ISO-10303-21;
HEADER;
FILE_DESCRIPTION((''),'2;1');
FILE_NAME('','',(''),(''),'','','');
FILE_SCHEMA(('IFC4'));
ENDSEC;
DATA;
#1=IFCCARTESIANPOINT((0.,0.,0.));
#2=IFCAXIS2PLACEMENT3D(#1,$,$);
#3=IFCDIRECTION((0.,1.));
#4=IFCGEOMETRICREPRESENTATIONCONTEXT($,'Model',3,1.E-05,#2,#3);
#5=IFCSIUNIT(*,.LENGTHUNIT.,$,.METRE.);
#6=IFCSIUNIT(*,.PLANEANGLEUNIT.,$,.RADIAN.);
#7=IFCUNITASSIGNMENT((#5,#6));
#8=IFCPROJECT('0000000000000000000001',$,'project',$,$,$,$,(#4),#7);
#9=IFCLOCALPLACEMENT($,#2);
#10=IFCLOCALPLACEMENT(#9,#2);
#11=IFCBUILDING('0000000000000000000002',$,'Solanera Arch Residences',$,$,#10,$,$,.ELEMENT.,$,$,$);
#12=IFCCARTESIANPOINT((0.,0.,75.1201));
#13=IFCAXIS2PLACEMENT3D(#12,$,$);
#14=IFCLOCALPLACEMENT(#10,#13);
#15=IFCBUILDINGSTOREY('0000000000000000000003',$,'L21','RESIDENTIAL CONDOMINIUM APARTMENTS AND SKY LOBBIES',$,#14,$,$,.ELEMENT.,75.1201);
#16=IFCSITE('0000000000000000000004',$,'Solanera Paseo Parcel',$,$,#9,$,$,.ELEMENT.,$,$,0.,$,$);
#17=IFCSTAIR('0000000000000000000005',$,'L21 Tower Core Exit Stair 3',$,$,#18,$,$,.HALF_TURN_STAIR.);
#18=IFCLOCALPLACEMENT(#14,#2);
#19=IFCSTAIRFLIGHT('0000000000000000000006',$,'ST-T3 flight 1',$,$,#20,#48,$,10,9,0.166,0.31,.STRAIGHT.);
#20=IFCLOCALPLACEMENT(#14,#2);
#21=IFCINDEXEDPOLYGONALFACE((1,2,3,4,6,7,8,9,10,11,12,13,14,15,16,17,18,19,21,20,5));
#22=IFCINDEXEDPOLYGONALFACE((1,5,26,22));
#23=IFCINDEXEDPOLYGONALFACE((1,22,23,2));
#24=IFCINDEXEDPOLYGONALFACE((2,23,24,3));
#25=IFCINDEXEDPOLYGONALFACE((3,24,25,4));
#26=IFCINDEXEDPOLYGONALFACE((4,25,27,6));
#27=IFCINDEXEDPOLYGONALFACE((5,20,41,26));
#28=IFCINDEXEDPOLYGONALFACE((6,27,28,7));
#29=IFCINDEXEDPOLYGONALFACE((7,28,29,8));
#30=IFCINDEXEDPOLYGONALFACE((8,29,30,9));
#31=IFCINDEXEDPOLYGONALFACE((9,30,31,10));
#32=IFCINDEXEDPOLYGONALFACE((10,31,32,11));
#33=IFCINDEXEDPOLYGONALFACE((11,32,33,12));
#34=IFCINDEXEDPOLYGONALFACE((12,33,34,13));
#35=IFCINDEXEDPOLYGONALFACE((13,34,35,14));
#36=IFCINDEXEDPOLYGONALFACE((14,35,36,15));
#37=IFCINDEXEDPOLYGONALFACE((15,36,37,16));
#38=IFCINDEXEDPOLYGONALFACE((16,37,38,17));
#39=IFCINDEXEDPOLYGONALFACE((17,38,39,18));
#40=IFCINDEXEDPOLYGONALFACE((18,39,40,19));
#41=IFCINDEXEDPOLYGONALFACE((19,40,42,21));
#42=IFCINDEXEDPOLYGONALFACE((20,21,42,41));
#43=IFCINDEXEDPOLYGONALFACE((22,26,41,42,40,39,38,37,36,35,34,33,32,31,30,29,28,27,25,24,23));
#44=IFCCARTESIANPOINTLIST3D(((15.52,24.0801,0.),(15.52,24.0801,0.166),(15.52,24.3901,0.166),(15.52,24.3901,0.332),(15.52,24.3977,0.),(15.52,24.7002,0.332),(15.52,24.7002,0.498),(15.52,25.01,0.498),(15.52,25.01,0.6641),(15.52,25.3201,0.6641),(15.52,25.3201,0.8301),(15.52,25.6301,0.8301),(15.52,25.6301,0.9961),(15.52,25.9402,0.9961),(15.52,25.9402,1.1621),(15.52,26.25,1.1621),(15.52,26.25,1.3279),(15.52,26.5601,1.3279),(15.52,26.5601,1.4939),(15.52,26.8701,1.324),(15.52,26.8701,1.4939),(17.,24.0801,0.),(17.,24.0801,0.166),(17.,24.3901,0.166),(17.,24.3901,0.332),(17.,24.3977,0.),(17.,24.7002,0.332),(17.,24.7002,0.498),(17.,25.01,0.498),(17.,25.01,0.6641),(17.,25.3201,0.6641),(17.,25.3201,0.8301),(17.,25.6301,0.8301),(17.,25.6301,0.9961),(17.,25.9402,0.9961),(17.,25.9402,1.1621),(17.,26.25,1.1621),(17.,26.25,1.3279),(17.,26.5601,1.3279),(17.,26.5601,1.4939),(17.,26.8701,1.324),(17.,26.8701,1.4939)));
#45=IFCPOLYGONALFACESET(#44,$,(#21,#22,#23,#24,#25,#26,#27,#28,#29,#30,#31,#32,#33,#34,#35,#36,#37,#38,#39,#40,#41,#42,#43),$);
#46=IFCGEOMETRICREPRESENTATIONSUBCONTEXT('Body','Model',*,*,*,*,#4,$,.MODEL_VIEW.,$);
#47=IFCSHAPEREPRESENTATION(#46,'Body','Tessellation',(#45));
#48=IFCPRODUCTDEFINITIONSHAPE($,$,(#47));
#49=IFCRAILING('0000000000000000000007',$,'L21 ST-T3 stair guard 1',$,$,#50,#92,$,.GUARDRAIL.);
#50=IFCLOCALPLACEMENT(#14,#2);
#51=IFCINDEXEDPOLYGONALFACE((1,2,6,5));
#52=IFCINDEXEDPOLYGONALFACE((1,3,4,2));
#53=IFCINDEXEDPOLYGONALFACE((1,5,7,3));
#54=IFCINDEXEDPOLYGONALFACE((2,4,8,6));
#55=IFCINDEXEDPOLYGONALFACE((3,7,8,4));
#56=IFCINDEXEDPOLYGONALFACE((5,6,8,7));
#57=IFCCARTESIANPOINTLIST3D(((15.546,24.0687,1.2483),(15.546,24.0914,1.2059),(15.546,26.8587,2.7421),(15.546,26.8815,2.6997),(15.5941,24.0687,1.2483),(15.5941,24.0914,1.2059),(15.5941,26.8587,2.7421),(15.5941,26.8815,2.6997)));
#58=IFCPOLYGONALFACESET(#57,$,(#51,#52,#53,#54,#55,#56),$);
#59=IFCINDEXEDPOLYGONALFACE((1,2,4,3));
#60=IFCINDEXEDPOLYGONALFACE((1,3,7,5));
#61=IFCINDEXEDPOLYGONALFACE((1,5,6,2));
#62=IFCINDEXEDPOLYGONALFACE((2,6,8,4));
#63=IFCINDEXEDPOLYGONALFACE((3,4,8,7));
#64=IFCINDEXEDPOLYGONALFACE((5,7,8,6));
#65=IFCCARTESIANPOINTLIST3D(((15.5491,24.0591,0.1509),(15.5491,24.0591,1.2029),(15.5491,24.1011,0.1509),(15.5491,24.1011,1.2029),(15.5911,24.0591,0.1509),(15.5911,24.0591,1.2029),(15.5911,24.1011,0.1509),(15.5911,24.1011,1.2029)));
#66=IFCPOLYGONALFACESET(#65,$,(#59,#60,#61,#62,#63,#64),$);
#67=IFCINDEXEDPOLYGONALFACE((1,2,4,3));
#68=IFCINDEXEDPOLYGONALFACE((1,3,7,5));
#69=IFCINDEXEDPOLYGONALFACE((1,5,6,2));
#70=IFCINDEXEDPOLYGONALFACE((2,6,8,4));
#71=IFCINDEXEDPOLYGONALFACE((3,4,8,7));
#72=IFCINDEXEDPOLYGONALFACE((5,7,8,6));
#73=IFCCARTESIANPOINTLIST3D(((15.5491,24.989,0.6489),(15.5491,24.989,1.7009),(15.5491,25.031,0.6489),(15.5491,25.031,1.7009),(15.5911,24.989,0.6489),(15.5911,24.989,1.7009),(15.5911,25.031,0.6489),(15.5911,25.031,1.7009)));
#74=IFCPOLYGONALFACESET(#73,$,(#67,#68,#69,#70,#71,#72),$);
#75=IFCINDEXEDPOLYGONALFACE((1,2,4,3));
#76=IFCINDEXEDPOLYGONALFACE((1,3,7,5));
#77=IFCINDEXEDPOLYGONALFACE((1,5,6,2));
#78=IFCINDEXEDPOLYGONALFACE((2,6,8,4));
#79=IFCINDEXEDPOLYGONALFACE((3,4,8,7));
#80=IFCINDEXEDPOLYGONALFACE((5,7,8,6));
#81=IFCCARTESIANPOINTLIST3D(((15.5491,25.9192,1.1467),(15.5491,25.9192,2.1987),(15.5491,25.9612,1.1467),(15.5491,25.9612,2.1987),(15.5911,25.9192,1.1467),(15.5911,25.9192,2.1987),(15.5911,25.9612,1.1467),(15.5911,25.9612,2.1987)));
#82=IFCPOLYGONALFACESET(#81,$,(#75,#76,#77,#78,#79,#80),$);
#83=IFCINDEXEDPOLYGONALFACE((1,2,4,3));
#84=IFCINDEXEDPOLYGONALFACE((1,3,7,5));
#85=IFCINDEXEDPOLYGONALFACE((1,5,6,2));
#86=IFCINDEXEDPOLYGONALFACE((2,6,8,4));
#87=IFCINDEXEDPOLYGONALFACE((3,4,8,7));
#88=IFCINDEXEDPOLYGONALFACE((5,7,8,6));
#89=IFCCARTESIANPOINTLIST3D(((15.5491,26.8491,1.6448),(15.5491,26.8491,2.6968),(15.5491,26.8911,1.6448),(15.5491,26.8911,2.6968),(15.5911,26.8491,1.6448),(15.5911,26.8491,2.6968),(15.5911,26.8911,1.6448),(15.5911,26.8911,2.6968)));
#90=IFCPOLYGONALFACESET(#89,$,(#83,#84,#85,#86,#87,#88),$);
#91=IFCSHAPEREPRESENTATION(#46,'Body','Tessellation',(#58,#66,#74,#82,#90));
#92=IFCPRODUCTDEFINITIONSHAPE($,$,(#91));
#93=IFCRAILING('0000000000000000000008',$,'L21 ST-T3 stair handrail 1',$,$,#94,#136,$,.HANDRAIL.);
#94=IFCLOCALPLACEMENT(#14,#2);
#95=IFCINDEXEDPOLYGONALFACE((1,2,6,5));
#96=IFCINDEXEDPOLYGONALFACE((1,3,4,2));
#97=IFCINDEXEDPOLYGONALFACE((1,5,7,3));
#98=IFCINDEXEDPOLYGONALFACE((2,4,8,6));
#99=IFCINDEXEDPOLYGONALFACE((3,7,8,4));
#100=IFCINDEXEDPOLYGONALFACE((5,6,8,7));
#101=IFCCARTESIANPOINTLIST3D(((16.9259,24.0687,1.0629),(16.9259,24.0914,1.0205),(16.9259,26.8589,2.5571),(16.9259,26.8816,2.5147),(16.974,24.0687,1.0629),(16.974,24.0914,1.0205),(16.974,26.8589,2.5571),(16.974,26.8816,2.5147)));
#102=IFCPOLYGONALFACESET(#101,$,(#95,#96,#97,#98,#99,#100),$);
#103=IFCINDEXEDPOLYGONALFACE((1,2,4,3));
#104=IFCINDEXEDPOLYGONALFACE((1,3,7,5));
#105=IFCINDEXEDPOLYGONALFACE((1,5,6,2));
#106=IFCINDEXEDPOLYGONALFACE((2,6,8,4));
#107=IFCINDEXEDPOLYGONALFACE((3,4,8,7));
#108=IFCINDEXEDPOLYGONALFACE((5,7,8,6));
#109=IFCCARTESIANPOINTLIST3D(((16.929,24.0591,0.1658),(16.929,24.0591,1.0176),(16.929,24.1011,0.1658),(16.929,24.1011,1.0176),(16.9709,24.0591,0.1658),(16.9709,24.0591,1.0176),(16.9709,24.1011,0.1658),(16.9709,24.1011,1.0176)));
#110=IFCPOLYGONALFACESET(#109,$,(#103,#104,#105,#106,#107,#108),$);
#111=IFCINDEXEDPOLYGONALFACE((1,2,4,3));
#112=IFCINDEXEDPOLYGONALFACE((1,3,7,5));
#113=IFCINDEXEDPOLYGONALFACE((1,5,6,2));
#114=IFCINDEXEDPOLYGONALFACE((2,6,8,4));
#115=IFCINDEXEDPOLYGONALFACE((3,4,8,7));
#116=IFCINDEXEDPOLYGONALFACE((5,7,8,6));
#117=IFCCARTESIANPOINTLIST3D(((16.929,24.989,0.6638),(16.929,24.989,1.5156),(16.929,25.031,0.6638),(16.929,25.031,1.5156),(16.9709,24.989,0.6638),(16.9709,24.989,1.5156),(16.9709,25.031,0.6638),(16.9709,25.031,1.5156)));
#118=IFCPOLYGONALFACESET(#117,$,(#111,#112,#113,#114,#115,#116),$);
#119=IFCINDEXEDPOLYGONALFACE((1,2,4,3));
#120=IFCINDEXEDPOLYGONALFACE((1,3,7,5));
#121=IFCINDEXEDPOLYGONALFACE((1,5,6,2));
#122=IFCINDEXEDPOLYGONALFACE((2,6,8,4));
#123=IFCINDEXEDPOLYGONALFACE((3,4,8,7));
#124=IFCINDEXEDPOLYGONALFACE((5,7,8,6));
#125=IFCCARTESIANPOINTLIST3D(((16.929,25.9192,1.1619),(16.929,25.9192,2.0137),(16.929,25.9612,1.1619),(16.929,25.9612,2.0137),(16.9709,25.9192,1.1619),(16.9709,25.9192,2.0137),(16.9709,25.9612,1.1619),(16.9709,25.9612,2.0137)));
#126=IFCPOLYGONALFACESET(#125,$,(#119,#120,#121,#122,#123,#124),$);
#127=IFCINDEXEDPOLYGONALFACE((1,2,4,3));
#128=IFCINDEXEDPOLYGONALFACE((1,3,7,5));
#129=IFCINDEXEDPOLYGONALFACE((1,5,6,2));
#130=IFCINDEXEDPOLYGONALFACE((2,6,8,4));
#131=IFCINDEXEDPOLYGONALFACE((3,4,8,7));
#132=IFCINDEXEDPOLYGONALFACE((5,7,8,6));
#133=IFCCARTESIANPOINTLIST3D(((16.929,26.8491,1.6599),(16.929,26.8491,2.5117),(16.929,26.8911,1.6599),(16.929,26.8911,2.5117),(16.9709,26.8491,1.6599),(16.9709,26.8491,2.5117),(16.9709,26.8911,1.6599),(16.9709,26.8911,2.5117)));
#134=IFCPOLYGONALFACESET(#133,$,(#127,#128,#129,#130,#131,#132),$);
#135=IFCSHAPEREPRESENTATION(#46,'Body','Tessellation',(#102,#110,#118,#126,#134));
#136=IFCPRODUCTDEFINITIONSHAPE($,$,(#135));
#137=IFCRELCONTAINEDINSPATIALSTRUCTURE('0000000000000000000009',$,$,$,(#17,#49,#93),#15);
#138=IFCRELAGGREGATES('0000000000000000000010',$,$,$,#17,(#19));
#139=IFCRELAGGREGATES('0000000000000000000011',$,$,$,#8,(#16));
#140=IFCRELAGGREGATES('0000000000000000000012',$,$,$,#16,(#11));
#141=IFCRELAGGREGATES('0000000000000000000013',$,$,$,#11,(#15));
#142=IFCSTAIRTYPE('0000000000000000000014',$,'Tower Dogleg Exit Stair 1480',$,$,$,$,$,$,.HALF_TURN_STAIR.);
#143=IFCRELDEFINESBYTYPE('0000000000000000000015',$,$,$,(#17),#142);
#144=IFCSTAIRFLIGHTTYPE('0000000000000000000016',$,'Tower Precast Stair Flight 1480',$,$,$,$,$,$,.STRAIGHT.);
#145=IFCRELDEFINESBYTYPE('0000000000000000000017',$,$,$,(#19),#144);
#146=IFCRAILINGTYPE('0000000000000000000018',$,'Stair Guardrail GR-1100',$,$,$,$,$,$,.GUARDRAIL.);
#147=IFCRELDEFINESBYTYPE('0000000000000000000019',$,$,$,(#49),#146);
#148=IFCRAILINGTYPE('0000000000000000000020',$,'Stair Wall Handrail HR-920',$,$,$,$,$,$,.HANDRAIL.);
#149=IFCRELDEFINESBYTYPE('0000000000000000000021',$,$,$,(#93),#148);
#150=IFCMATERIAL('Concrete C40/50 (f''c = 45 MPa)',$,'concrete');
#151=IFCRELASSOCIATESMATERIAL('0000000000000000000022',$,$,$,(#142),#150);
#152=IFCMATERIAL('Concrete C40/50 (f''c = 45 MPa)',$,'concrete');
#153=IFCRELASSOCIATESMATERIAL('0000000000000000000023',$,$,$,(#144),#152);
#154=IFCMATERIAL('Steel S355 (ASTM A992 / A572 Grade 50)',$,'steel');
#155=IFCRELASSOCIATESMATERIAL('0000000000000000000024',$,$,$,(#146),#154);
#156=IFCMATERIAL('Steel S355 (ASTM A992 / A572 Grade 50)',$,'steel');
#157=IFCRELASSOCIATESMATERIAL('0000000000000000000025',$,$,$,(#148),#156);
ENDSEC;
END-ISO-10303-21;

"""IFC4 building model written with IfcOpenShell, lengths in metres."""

from ifc_helpers import new_model, si_unit, direction, frame, origin, origin_2d, place, context, subcontext, project, spatial, polyline, rectangle, outline, extrude, material, type_object, element, aggregate, save


model = new_model("IFC4")

# Units and contexts
model_context = context("Model", 3, precision=1e-05, world=origin(), true_north=direction((0.0, 1.0)))
body_context = subcontext(model_context, "Body", "Model", "MODEL_VIEW")
ifc_project = project(units=[si_unit("LENGTHUNIT", "METRE"), si_unit("PLANEANGLEUNIT", "RADIAN")], contexts=[model_context])

# Site, building, storey
site_placement = place(None, origin())
site = spatial("IfcSite", under=ifc_project, at=site_placement, Name="Solanera Paseo Parcel", CompositionType="ELEMENT", RefElevation=0.0)
building_placement = place(site_placement, origin())
building = spatial("IfcBuilding", under=site, at=building_placement, Name="Solanera Arch Residences", CompositionType="ELEMENT")
storey_placement = place(building_placement, frame((0.0, 0.0, 75.1201)))
storey = spatial("IfcBuildingStorey", under=building, at=storey_placement, Name="L21", Description="RESIDENTIAL CONDOMINIUM APARTMENTS AND SKY LOBBIES", CompositionType="ELEMENT", Elevation=75.1201)

# Stair, stair flight
ifc_material_1 = material(Name="Concrete C40/50 (f'c = 45 MPa)", Category="concrete")
stair_type = type_object("IfcStairType", Name="Tower Dogleg Exit Stair 1480", PredefinedType="HALF_TURN_STAIR", material=ifc_material_1)
stair_placement = place(storey_placement, origin())
stair = element("IfcStair", 1, at=stair_placement, inside=storey, type_object=stair_type, Name="L21 Tower Core Exit Stair 3", PredefinedType="HALF_TURN_STAIR")
ifc_material_2 = material(Name="Concrete C40/50 (f'c = 45 MPa)", Category="concrete")
stair_flight_type = type_object("IfcStairFlightType", Name="Tower Precast Stair Flight 1480", PredefinedType="STRAIGHT", material=ifc_material_2)
stair_flight_placement = place(storey_placement, frame((16.26, 24.0801, 0.0), z_axis=(0.0, 0.0, 1.0), x_axis=(0.0, 1.0, 0.0)))
stair_flight = element("IfcStairFlight", 2, at=stair_flight_placement, type_object=stair_flight_type, Name="ST-T3 flight 1", NumberOfRisers=10, NumberOfTreads=9, PredefinedType="STRAIGHT", RiserHeight=0.166, TreadLength=0.31, context=body_context, shape_type="SweptSolid", body=[
    extrude(outline(polyline([(0.0, 0.0), (0.0, 0.166), (0.3101, 0.166), (0.3101, 0.332), (0.6201, 0.332), (0.6201, 0.498), (0.9299, 0.498), (0.9299, 0.6641), (1.24, 0.6641), (1.24, 0.8301), (1.55, 0.8301), (1.55, 0.9961), (1.8601, 0.9961), (1.8601, 1.1621), (2.1699, 1.1621), (2.1699, 1.3279), (2.48, 1.3279), (2.48, 1.4939), (2.79, 1.4939), (2.79, 1.6599), (2.79, 1.324), (0.3176, 0.0), (0.0, 0.0)])), frame((0.0, 0.74, 0.0), z_axis=(0.0, -1.0, 0.0), x_axis=(1.0, 0.0, 0.0)), (0.0, 0.0, 1.0), 1.48),
])
aggregate(stair, [stair_flight])

# Railings
ifc_material_3 = material(Name="Steel S355 (ASTM A992 / A572 Grade 50)", Category="steel")
railing_type_1 = type_object("IfcRailingType", Name="Stair Guardrail GR-1100", PredefinedType="GUARDRAIL", material=ifc_material_3)
railing_1_placement = place(storey_placement, frame((15.5701, 24.0801, 0.1509)))
element("IfcRailing", 3, at=railing_1_placement, inside=storey, type_object=railing_type_1, Name="L21 ST-T3 stair guard 1", PredefinedType="GUARDRAIL", context=body_context, shape_type="SweptSolid", body=[
    extrude(rectangle(XDim=0.0481, YDim=0.0481, at=origin_2d()), frame((0.0, 0.0, 1.0762), z_axis=(0.0, 0.881581, 0.472033), x_axis=(-1.0, 0.0, 0.0)), (0.0, 0.0, 1.0), 3.1648),
    extrude(rectangle(XDim=0.042, YDim=0.042, at=origin_2d()), origin(), (0.0, 0.0, 1.0), 1.052),
    extrude(rectangle(XDim=0.042, YDim=0.042, at=origin_2d()), frame((0.0, 0.9299, 0.498)), (0.0, 0.0, 1.0), 1.052),
    extrude(rectangle(XDim=0.042, YDim=0.042, at=origin_2d()), frame((0.0, 1.8601, 0.9958)), (0.0, 0.0, 1.0), 1.052),
    extrude(rectangle(XDim=0.042, YDim=0.042, at=origin_2d()), frame((0.0, 2.79, 1.4939)), (0.0, 0.0, 1.0), 1.052),
])
ifc_material_4 = material(Name="Steel S355 (ASTM A992 / A572 Grade 50)", Category="steel")
railing_type_2 = type_object("IfcRailingType", Name="Stair Wall Handrail HR-920", PredefinedType="HANDRAIL", material=ifc_material_4)
railing_2_placement = place(storey_placement, frame((16.95, 24.0801, 0.1658)))
element("IfcRailing", 4, at=railing_2_placement, inside=storey, type_object=railing_type_2, Name="L21 ST-T3 stair handrail 1", PredefinedType="HANDRAIL", context=body_context, shape_type="SweptSolid", body=[
    extrude(rectangle(XDim=0.0481, YDim=0.0481, at=origin_2d()), frame((0.0, 0.0, 0.876), z_axis=(0.0, 0.881549, 0.472093), x_axis=(-1.0, 0.0, 0.0)), (0.0, 0.0, 1.0), 3.165),
    extrude(rectangle(XDim=0.042, YDim=0.042, at=origin_2d()), origin(), (0.0, 0.0, 1.0), 0.8518),
    extrude(rectangle(XDim=0.042, YDim=0.042, at=origin_2d()), frame((0.0, 0.9299, 0.498)), (0.0, 0.0, 1.0), 0.8518),
    extrude(rectangle(XDim=0.042, YDim=0.042, at=origin_2d()), frame((0.0, 1.8601, 0.9961)), (0.0, 0.0, 1.0), 0.8518),
    extrude(rectangle(XDim=0.042, YDim=0.042, at=origin_2d()), frame((0.0, 2.79, 1.4941)), (0.0, 0.0, 1.0), 0.8518),
])

save(model, "model.ifc")
